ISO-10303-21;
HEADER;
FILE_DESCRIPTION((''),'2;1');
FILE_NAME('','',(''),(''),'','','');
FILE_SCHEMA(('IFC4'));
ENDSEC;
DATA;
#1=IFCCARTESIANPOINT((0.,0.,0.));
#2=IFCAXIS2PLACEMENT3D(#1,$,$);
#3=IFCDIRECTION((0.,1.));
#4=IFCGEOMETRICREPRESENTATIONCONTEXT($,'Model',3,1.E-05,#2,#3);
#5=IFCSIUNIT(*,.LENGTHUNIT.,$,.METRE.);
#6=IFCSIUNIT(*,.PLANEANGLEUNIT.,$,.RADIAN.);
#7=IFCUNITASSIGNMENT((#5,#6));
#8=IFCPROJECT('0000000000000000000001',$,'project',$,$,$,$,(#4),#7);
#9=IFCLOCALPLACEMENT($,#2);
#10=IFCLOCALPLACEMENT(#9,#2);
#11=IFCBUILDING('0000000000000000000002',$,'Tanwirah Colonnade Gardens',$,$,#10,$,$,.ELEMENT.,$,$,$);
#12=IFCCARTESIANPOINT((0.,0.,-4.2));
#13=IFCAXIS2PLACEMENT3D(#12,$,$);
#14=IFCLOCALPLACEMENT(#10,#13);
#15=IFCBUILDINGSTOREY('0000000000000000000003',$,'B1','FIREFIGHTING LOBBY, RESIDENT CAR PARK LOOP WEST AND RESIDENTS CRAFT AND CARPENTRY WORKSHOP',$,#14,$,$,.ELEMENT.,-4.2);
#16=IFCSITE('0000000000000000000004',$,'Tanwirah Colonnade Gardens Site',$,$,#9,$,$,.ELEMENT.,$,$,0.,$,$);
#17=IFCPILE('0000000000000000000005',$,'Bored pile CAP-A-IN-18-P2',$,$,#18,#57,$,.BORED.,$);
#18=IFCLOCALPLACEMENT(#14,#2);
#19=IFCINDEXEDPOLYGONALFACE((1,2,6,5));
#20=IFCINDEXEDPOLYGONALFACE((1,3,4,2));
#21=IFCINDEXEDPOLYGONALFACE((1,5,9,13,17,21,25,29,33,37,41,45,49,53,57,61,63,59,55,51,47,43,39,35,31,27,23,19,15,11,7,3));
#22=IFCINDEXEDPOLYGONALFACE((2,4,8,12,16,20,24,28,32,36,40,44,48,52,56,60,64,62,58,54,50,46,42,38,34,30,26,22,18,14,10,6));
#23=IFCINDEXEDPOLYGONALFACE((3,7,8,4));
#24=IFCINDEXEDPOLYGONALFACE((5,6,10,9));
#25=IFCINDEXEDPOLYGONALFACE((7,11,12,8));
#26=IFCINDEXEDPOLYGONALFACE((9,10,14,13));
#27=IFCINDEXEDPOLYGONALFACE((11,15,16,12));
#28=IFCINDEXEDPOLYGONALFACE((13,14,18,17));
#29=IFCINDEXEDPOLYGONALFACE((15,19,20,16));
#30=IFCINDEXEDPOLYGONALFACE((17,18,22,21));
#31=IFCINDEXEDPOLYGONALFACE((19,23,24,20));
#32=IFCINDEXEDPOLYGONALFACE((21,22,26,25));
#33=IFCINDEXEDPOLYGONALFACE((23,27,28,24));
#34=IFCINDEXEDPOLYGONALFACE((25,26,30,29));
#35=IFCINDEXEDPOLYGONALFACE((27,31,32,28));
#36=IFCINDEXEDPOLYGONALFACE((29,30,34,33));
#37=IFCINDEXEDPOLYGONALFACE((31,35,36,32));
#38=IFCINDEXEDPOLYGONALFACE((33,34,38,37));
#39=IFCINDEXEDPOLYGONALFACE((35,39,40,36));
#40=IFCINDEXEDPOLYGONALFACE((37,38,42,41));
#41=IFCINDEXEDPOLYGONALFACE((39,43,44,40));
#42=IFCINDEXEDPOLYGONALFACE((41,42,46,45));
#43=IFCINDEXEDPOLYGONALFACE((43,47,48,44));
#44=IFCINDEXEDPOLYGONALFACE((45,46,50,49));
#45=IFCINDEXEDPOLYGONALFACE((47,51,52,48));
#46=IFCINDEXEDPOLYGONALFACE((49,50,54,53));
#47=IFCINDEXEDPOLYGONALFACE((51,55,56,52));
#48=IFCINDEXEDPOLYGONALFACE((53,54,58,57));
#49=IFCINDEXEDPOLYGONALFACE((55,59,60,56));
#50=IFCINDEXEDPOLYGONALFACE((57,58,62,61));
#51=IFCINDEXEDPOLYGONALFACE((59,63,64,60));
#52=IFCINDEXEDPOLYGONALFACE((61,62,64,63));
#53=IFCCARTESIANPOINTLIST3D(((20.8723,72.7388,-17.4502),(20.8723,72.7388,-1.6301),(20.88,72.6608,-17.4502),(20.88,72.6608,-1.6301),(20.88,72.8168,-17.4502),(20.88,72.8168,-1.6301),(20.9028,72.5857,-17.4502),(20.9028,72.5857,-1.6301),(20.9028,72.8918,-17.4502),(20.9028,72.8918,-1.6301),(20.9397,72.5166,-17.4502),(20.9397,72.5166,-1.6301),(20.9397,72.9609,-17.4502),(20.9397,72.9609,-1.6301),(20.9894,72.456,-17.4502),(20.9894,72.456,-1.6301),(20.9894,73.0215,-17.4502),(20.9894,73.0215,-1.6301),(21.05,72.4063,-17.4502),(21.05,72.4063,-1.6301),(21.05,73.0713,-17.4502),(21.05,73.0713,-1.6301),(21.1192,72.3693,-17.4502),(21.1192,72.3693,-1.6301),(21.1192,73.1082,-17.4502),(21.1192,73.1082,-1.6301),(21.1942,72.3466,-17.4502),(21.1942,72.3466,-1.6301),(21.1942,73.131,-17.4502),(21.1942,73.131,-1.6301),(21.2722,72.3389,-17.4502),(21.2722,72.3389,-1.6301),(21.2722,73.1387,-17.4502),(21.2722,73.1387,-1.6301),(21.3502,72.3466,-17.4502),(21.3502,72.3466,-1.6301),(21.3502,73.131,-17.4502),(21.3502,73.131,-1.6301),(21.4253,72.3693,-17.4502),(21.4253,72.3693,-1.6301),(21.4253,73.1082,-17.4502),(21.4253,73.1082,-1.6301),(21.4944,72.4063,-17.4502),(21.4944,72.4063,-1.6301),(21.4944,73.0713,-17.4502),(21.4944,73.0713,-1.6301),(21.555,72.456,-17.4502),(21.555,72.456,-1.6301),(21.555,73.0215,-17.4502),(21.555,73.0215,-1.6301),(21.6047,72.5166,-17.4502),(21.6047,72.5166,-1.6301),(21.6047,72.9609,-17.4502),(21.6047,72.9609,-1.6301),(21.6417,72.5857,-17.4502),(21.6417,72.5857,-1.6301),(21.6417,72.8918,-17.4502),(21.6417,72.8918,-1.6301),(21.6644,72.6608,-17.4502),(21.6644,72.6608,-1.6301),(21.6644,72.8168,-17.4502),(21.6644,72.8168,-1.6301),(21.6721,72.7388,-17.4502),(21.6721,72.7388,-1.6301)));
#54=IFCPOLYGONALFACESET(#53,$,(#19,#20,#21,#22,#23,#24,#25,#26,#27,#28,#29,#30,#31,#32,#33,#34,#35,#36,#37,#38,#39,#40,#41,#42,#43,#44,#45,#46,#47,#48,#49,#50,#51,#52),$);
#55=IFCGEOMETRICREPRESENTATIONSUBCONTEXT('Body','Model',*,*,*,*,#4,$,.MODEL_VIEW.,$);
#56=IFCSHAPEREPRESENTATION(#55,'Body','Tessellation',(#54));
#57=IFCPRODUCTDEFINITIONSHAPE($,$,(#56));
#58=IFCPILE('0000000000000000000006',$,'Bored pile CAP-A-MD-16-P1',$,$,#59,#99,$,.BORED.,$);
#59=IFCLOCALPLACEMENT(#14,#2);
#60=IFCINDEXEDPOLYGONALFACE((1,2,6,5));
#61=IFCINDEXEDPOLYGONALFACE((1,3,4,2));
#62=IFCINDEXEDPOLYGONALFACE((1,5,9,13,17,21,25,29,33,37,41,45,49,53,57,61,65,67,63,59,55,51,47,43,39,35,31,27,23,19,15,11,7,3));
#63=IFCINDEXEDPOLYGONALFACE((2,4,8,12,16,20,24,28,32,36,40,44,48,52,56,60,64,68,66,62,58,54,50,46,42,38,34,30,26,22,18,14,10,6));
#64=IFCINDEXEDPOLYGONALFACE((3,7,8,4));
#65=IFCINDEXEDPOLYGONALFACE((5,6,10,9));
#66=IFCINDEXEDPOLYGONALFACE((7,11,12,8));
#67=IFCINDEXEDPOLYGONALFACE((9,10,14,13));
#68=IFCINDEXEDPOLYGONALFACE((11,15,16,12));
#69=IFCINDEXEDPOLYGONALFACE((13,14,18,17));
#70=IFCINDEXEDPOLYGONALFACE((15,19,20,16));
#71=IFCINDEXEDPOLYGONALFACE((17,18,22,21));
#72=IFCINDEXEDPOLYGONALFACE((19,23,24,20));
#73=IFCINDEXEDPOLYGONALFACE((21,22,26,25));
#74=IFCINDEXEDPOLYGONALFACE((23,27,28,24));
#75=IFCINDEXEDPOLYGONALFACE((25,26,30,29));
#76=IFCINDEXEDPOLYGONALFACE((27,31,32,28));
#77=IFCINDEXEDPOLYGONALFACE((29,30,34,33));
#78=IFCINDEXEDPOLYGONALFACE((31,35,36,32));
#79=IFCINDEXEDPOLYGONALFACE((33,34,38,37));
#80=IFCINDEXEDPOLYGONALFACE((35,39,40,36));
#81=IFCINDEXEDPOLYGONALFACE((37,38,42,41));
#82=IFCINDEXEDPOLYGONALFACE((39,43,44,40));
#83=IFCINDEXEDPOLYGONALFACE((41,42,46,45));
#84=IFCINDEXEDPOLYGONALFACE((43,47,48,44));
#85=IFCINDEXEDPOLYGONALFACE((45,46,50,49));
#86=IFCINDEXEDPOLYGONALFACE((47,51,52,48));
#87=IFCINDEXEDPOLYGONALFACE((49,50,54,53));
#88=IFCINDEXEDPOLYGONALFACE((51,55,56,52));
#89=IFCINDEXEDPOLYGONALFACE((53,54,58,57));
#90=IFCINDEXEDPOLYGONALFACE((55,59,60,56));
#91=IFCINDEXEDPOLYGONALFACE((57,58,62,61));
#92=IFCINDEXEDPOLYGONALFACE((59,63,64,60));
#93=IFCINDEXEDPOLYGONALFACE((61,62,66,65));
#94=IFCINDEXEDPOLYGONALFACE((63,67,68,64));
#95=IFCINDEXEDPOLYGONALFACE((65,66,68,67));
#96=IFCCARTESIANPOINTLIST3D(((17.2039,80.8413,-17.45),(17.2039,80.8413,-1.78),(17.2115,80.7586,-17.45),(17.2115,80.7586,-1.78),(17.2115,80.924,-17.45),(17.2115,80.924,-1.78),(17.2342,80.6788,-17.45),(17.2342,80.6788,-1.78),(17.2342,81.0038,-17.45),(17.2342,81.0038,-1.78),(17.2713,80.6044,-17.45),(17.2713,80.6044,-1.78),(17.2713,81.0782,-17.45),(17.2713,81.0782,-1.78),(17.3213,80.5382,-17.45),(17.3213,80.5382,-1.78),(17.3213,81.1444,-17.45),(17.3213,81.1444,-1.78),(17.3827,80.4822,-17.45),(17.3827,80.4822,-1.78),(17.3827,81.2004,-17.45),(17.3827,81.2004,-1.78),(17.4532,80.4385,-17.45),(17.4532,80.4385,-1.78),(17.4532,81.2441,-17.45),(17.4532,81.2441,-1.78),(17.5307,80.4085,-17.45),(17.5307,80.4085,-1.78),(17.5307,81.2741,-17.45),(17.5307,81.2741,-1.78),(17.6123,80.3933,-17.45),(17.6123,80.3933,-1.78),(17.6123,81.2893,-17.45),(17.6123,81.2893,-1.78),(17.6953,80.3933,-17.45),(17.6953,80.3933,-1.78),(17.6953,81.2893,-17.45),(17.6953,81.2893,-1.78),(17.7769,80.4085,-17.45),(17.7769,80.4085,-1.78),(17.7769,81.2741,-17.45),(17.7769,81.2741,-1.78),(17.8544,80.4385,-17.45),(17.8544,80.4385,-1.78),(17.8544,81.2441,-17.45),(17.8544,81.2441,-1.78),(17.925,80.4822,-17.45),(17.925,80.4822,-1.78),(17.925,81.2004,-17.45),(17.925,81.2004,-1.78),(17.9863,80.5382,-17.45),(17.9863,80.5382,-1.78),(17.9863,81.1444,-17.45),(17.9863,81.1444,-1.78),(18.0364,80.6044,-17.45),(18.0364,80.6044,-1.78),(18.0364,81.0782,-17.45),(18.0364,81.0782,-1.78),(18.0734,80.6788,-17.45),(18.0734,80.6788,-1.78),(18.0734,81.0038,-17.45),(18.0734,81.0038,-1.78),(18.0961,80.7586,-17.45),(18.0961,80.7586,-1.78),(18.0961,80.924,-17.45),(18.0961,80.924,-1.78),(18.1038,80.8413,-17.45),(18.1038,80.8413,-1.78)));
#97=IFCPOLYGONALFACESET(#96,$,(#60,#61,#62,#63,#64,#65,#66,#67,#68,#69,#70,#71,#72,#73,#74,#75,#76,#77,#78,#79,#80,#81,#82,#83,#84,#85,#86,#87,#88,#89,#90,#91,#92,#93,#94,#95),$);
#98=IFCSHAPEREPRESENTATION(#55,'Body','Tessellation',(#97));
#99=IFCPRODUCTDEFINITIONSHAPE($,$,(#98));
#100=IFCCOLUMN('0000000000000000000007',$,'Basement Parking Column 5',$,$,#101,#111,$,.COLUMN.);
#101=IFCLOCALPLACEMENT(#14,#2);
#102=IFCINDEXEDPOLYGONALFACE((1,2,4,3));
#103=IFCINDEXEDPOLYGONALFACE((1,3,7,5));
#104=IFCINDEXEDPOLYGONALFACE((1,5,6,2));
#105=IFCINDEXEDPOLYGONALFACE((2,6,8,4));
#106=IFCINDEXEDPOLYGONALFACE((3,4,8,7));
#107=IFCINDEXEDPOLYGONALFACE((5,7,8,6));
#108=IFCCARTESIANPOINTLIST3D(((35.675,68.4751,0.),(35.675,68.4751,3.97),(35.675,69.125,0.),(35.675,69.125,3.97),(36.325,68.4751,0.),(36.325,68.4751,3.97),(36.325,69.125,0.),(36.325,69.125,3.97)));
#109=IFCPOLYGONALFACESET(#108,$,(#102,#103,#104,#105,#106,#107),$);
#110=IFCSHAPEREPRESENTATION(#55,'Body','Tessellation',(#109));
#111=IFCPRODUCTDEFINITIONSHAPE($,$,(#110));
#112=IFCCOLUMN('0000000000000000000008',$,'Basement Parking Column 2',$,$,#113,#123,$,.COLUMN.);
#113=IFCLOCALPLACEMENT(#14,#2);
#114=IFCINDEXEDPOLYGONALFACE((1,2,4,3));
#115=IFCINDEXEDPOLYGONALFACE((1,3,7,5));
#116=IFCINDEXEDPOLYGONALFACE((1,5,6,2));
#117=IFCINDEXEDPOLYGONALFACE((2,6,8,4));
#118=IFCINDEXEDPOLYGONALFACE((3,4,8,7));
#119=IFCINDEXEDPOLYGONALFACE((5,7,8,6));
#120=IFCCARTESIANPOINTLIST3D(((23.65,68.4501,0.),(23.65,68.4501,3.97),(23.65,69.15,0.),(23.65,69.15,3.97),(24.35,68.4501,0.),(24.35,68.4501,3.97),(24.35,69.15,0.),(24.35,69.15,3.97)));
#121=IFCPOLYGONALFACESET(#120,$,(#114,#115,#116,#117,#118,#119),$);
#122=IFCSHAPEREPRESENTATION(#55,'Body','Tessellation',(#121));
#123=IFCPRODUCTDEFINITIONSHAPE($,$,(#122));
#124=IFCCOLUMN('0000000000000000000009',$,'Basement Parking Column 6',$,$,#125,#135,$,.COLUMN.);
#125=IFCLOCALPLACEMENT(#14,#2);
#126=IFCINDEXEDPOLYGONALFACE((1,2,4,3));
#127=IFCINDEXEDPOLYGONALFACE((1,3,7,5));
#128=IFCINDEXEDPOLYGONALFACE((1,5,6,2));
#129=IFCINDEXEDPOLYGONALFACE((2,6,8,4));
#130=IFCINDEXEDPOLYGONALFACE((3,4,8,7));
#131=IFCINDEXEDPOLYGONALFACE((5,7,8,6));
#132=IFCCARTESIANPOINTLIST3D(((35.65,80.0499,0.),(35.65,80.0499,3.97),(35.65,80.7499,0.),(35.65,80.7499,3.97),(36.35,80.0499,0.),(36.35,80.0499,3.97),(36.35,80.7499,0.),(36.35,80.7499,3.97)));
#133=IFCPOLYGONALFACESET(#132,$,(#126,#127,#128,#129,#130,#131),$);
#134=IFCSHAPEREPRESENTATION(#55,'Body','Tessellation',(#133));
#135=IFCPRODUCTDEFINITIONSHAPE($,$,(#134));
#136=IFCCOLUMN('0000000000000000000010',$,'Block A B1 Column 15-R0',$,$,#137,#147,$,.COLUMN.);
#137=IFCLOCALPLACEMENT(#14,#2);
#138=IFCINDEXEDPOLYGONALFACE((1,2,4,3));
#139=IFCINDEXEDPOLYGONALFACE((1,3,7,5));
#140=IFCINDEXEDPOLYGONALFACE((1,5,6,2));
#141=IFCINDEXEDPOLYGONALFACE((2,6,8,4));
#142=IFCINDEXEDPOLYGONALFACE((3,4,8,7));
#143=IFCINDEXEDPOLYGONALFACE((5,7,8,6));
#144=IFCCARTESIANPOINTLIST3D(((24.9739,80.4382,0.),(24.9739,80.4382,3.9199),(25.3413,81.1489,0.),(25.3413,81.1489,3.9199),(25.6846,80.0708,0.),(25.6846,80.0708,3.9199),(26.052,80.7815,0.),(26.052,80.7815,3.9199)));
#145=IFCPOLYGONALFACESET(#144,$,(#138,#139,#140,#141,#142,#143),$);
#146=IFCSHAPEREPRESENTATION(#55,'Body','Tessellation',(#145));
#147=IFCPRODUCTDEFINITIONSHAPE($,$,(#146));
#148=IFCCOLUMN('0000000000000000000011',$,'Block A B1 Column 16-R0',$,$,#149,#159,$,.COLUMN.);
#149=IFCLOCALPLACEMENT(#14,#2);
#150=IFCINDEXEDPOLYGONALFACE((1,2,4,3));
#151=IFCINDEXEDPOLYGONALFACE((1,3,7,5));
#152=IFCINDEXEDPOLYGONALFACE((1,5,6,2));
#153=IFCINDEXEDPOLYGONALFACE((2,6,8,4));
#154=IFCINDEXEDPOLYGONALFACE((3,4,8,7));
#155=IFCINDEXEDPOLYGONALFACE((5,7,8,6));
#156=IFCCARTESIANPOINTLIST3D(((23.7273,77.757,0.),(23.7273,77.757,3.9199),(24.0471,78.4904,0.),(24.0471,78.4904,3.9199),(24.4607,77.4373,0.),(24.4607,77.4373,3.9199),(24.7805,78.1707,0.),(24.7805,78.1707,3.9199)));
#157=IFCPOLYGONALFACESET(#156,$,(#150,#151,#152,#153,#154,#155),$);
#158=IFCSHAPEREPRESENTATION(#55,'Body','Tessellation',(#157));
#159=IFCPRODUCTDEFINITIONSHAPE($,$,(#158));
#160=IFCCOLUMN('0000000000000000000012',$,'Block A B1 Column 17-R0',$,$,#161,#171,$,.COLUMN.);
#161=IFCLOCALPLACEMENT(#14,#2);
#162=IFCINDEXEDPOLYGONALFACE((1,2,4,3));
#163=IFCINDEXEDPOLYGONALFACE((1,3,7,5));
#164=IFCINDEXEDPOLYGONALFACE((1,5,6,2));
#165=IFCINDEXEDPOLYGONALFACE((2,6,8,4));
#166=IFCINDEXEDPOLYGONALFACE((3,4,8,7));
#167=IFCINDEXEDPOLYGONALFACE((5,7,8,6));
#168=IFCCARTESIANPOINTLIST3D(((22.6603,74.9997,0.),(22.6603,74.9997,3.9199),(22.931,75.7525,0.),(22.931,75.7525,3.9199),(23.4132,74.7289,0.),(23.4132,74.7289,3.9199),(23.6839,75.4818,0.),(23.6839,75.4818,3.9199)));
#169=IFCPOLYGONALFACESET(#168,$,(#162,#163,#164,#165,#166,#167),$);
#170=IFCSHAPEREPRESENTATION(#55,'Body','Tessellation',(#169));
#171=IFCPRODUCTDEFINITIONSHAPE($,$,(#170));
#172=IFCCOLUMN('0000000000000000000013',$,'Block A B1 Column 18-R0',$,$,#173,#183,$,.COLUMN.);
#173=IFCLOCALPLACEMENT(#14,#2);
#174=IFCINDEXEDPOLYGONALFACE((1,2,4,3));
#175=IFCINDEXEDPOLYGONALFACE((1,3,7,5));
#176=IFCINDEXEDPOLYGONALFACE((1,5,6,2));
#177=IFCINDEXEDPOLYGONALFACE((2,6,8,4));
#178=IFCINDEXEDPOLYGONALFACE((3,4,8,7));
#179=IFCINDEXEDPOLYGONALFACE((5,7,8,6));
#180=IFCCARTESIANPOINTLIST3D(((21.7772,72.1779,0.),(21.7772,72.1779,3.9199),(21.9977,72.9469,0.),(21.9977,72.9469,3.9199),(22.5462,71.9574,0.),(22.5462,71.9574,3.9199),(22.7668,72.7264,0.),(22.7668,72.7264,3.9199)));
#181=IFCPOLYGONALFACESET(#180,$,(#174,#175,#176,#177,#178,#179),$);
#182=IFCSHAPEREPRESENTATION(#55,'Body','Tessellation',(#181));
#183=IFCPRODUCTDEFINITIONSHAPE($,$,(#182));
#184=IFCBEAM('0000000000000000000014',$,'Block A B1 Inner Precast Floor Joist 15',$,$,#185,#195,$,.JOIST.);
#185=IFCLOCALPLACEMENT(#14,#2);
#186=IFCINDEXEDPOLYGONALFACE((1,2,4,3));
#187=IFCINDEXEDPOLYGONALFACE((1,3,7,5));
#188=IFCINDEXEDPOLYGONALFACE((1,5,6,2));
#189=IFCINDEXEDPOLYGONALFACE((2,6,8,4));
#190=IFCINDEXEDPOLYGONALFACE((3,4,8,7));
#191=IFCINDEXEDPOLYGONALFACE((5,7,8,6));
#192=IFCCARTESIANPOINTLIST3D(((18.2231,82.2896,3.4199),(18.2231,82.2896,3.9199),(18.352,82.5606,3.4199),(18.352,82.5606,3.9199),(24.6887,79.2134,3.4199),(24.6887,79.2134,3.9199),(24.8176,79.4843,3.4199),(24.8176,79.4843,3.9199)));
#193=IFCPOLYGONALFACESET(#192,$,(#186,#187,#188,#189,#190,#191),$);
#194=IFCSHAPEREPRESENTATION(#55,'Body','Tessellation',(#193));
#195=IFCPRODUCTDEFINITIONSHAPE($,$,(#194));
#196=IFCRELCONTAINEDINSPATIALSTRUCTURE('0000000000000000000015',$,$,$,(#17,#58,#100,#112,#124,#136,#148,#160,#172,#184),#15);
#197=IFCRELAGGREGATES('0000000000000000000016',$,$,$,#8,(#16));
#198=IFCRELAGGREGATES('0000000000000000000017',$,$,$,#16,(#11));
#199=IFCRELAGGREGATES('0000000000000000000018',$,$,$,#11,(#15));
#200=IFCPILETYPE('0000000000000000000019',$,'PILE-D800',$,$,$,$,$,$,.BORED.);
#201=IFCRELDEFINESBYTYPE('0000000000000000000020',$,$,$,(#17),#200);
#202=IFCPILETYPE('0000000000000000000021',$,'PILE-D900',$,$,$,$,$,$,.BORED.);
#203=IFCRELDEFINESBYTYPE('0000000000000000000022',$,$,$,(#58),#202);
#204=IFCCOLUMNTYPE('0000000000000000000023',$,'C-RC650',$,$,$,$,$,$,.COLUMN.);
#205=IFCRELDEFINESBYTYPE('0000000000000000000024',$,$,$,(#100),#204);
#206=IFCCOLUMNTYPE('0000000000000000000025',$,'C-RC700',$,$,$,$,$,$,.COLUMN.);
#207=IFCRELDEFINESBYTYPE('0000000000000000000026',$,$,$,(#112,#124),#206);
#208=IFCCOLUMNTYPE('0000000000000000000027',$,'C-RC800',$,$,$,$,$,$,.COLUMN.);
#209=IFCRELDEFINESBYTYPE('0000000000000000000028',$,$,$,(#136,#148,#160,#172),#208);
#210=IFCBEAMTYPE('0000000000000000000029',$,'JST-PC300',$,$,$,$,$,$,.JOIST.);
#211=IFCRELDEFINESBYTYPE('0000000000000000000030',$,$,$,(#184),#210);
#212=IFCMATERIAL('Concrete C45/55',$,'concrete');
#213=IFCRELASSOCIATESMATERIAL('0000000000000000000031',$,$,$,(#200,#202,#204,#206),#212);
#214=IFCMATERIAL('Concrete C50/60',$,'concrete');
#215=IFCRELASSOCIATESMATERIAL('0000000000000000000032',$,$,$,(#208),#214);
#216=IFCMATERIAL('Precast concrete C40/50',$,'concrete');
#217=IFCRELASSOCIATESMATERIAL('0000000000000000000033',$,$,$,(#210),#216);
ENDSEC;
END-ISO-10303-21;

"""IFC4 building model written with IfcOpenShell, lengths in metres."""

from ifc_helpers import new_model, si_unit, direction, frame, origin, origin_2d, place, context, subcontext, project, spatial, rectangle, circle, extrude, material, material_profile, profile_set, type_object, element, save


model = new_model("IFC4")

# Units and contexts
model_context = context("Model", 3, precision=1e-05, world=origin(), true_north=direction((0.0, 1.0)))
body_context = subcontext(model_context, "Body", "Model", "MODEL_VIEW")
ifc_project = project(units=[si_unit("LENGTHUNIT", "METRE"), si_unit("PLANEANGLEUNIT", "RADIAN")], contexts=[model_context])

# Site, building, storey
site_placement = place(None, origin())
site = spatial("IfcSite", under=ifc_project, at=site_placement, Name="Tanwirah Colonnade Gardens Site", CompositionType="ELEMENT", RefElevation=0.0)
building_placement = place(site_placement, origin())
building = spatial("IfcBuilding", under=site, at=building_placement, Name="Tanwirah Colonnade Gardens", CompositionType="ELEMENT")
storey_placement = place(building_placement, frame((0.0, 0.0, -4.2)))
storey = spatial("IfcBuildingStorey", under=building, at=storey_placement, Name="B1", Description="FIREFIGHTING LOBBY, RESIDENT CAR PARK LOOP WEST AND RESIDENTS CRAFT AND CARPENTRY WORKSHOP", CompositionType="ELEMENT", Elevation=-4.2)

# Shared definitions
ifc_material_1 = material(Name="Concrete C45/55", Category="concrete")

# Piles
ifc_material_profile_1 = material_profile(ifc_material_1, circle(Radius=0.3999, at=origin_2d()), Name="PILE D800")
ifc_profile_set_1 = profile_set([ifc_material_profile_1], Name="Concrete C45/55")
pile_type_1 = type_object("IfcPileType", Name="PILE-D800", PredefinedType="BORED", material=ifc_profile_set_1)
for number, where, z_axis, x_axis, name in (
    (1, (21.2722, 72.7388, -1.6301), (0.0, 0.0, -1.0), (1.0, 0.0, 0.0), "Bored pile CAP-A-IN-18-P2"),
):
    element("IfcPile", number, at=place(storey_placement, frame(where, z_axis=z_axis, x_axis=x_axis)), inside=storey, type_object=pile_type_1, Name=name, PredefinedType="BORED", context=body_context, shape_type="SweptSolid", body=[
        extrude(circle(Radius=0.3999, at=origin_2d()), origin(), (0.0, 0.0, 1.0), 15.8201),
    ])
ifc_material_profile_2 = material_profile(ifc_material_1, circle(Radius=0.45, at=origin_2d()), Name="PILE D900")
ifc_profile_set_2 = profile_set([ifc_material_profile_2], Name="Concrete C45/55")
pile_type_2 = type_object("IfcPileType", Name="PILE-D900", PredefinedType="BORED", material=ifc_profile_set_2)
pile_placement = place(storey_placement, frame((17.6538, 80.8413, -1.78), z_axis=(0.0, 0.0, -1.0), x_axis=(1.0, 0.0, 0.0)))
element("IfcPile", 2, at=pile_placement, inside=storey, type_object=pile_type_2, Name="Bored pile CAP-A-MD-16-P1", PredefinedType="BORED", context=body_context, shape_type="SweptSolid", body=[
    extrude(circle(Radius=0.45, at=origin_2d()), origin(), (0.0, 0.0, 1.0), 15.6699),
])

# Columns
ifc_material_profile_3 = material_profile(ifc_material_1, rectangle(XDim=0.6499, YDim=0.6499, at=origin_2d()), Name="RC-COL 650x650")
ifc_profile_set_3 = profile_set([ifc_material_profile_3], Name="Concrete C45/55")
column_type_1 = type_object("IfcColumnType", Name="C-RC650", PredefinedType="COLUMN", material=ifc_profile_set_3)
column_placement = place(storey_placement, frame((36.0, 68.8, 0.0), z_axis=(0.0, 0.0, 1.0), x_axis=(1.0, 0.0, 0.0)))
element("IfcColumn", 3, at=column_placement, inside=storey, type_object=column_type_1, Name="Basement Parking Column 5", PredefinedType="COLUMN", context=body_context, shape_type="SweptSolid", body=[
    extrude(rectangle(XDim=0.6499, YDim=0.6499, at=origin_2d()), origin(), (0.0, 0.0, 1.0), 3.97),
])
ifc_material_profile_4 = material_profile(ifc_material_1, rectangle(XDim=0.7, YDim=0.7, at=origin_2d()), Name="RC-COL 700x700")
ifc_profile_set_4 = profile_set([ifc_material_profile_4], Name="Concrete C45/55")
column_type_2 = type_object("IfcColumnType", Name="C-RC700", PredefinedType="COLUMN", material=ifc_profile_set_4)
for number, where, z_axis, x_axis, name in (
    (4, (24.0, 68.8, 0.0), (0.0, 0.0, 1.0), (1.0, 0.0, 0.0), "Basement Parking Column 2"),
    (5, (36.0, 80.3999, 0.0), (0.0, 0.0, 1.0), (1.0, 0.0, 0.0), "Basement Parking Column 6"),
):
    element("IfcColumn", number, at=place(storey_placement, frame(where, z_axis=z_axis, x_axis=x_axis)), inside=storey, type_object=column_type_2, Name=name, PredefinedType="COLUMN", context=body_context, shape_type="SweptSolid", body=[
        extrude(rectangle(XDim=0.7, YDim=0.7, at=origin_2d()), origin(), (0.0, 0.0, 1.0), 3.97),
    ])
ifc_material_2 = material(Name="Concrete C50/60", Category="concrete")
ifc_material_profile_5 = material_profile(ifc_material_2, rectangle(XDim=0.8, YDim=0.8, at=origin_2d()), Name="RC-COL 800x800")
ifc_profile_set_5 = profile_set([ifc_material_profile_5], Name="Concrete C50/60")
column_type_3 = type_object("IfcColumnType", Name="C-RC800", PredefinedType="COLUMN", material=ifc_profile_set_5)
for number, where, z_axis, x_axis, name in (
    (6, (25.5129, 80.6099, 0.0), (0.0, 0.0, 1.0), (-0.88835, 0.459166, 0.0), "Block A B1 Column 15-R0"),
    (7, (24.2539, 77.9639, 0.0), (0.0, 0.0, 1.0), (-0.916673, 0.399638, 0.0), "Block A B1 Column 16-R0"),
    (8, (23.1721, 75.2407, 0.0), (0.0, 0.0, 1.0), (-0.941012, 0.338373, 0.0), "Block A B1 Column 17-R0"),
    (9, (22.272, 72.4521, 0.0), (0.0, 0.0, 1.0), (-0.961262, 0.275637, 0.0), "Block A B1 Column 18-R0"),
):
    element("IfcColumn", number, at=place(storey_placement, frame(where, z_axis=z_axis, x_axis=x_axis)), inside=storey, type_object=column_type_3, Name=name, PredefinedType="COLUMN", context=body_context, shape_type="SweptSolid", body=[
        extrude(rectangle(XDim=0.8, YDim=0.8, at=origin_2d()), origin(), (0.0, 0.0, 1.0), 3.9199),
    ])

# Beam
ifc_material_3 = material(Name="Precast concrete C40/50", Category="concrete")
ifc_material_profile_6 = material_profile(ifc_material_3, rectangle(XDim=0.3, YDim=0.5, at=origin_2d()), Name="PC-JST 300x500")
ifc_profile_set_6 = profile_set([ifc_material_profile_6], Name="Precast concrete C40/50")
beam_type_1 = type_object("IfcBeamType", Name="JST-PC300", PredefinedType="JOIST", material=ifc_profile_set_6)
beam_1_placement = place(storey_placement, frame((24.7532, 79.3489, 3.6699), z_axis=(-0.903005, 0.429629, 0.0), x_axis=(-0.429629, -0.903005, 0.0)))
element("IfcBeam", 10, at=beam_1_placement, inside=storey, type_object=beam_type_1, Name="Block A B1 Inner Precast Floor Joist 15", PredefinedType="JOIST", context=body_context, shape_type="SweptSolid", body=[
    extrude(rectangle(XDim=0.3, YDim=0.5, at=origin_2d()), origin(), (0.0, 0.0, 1.0), 7.1602),
])

save(model, "model.ifc")
